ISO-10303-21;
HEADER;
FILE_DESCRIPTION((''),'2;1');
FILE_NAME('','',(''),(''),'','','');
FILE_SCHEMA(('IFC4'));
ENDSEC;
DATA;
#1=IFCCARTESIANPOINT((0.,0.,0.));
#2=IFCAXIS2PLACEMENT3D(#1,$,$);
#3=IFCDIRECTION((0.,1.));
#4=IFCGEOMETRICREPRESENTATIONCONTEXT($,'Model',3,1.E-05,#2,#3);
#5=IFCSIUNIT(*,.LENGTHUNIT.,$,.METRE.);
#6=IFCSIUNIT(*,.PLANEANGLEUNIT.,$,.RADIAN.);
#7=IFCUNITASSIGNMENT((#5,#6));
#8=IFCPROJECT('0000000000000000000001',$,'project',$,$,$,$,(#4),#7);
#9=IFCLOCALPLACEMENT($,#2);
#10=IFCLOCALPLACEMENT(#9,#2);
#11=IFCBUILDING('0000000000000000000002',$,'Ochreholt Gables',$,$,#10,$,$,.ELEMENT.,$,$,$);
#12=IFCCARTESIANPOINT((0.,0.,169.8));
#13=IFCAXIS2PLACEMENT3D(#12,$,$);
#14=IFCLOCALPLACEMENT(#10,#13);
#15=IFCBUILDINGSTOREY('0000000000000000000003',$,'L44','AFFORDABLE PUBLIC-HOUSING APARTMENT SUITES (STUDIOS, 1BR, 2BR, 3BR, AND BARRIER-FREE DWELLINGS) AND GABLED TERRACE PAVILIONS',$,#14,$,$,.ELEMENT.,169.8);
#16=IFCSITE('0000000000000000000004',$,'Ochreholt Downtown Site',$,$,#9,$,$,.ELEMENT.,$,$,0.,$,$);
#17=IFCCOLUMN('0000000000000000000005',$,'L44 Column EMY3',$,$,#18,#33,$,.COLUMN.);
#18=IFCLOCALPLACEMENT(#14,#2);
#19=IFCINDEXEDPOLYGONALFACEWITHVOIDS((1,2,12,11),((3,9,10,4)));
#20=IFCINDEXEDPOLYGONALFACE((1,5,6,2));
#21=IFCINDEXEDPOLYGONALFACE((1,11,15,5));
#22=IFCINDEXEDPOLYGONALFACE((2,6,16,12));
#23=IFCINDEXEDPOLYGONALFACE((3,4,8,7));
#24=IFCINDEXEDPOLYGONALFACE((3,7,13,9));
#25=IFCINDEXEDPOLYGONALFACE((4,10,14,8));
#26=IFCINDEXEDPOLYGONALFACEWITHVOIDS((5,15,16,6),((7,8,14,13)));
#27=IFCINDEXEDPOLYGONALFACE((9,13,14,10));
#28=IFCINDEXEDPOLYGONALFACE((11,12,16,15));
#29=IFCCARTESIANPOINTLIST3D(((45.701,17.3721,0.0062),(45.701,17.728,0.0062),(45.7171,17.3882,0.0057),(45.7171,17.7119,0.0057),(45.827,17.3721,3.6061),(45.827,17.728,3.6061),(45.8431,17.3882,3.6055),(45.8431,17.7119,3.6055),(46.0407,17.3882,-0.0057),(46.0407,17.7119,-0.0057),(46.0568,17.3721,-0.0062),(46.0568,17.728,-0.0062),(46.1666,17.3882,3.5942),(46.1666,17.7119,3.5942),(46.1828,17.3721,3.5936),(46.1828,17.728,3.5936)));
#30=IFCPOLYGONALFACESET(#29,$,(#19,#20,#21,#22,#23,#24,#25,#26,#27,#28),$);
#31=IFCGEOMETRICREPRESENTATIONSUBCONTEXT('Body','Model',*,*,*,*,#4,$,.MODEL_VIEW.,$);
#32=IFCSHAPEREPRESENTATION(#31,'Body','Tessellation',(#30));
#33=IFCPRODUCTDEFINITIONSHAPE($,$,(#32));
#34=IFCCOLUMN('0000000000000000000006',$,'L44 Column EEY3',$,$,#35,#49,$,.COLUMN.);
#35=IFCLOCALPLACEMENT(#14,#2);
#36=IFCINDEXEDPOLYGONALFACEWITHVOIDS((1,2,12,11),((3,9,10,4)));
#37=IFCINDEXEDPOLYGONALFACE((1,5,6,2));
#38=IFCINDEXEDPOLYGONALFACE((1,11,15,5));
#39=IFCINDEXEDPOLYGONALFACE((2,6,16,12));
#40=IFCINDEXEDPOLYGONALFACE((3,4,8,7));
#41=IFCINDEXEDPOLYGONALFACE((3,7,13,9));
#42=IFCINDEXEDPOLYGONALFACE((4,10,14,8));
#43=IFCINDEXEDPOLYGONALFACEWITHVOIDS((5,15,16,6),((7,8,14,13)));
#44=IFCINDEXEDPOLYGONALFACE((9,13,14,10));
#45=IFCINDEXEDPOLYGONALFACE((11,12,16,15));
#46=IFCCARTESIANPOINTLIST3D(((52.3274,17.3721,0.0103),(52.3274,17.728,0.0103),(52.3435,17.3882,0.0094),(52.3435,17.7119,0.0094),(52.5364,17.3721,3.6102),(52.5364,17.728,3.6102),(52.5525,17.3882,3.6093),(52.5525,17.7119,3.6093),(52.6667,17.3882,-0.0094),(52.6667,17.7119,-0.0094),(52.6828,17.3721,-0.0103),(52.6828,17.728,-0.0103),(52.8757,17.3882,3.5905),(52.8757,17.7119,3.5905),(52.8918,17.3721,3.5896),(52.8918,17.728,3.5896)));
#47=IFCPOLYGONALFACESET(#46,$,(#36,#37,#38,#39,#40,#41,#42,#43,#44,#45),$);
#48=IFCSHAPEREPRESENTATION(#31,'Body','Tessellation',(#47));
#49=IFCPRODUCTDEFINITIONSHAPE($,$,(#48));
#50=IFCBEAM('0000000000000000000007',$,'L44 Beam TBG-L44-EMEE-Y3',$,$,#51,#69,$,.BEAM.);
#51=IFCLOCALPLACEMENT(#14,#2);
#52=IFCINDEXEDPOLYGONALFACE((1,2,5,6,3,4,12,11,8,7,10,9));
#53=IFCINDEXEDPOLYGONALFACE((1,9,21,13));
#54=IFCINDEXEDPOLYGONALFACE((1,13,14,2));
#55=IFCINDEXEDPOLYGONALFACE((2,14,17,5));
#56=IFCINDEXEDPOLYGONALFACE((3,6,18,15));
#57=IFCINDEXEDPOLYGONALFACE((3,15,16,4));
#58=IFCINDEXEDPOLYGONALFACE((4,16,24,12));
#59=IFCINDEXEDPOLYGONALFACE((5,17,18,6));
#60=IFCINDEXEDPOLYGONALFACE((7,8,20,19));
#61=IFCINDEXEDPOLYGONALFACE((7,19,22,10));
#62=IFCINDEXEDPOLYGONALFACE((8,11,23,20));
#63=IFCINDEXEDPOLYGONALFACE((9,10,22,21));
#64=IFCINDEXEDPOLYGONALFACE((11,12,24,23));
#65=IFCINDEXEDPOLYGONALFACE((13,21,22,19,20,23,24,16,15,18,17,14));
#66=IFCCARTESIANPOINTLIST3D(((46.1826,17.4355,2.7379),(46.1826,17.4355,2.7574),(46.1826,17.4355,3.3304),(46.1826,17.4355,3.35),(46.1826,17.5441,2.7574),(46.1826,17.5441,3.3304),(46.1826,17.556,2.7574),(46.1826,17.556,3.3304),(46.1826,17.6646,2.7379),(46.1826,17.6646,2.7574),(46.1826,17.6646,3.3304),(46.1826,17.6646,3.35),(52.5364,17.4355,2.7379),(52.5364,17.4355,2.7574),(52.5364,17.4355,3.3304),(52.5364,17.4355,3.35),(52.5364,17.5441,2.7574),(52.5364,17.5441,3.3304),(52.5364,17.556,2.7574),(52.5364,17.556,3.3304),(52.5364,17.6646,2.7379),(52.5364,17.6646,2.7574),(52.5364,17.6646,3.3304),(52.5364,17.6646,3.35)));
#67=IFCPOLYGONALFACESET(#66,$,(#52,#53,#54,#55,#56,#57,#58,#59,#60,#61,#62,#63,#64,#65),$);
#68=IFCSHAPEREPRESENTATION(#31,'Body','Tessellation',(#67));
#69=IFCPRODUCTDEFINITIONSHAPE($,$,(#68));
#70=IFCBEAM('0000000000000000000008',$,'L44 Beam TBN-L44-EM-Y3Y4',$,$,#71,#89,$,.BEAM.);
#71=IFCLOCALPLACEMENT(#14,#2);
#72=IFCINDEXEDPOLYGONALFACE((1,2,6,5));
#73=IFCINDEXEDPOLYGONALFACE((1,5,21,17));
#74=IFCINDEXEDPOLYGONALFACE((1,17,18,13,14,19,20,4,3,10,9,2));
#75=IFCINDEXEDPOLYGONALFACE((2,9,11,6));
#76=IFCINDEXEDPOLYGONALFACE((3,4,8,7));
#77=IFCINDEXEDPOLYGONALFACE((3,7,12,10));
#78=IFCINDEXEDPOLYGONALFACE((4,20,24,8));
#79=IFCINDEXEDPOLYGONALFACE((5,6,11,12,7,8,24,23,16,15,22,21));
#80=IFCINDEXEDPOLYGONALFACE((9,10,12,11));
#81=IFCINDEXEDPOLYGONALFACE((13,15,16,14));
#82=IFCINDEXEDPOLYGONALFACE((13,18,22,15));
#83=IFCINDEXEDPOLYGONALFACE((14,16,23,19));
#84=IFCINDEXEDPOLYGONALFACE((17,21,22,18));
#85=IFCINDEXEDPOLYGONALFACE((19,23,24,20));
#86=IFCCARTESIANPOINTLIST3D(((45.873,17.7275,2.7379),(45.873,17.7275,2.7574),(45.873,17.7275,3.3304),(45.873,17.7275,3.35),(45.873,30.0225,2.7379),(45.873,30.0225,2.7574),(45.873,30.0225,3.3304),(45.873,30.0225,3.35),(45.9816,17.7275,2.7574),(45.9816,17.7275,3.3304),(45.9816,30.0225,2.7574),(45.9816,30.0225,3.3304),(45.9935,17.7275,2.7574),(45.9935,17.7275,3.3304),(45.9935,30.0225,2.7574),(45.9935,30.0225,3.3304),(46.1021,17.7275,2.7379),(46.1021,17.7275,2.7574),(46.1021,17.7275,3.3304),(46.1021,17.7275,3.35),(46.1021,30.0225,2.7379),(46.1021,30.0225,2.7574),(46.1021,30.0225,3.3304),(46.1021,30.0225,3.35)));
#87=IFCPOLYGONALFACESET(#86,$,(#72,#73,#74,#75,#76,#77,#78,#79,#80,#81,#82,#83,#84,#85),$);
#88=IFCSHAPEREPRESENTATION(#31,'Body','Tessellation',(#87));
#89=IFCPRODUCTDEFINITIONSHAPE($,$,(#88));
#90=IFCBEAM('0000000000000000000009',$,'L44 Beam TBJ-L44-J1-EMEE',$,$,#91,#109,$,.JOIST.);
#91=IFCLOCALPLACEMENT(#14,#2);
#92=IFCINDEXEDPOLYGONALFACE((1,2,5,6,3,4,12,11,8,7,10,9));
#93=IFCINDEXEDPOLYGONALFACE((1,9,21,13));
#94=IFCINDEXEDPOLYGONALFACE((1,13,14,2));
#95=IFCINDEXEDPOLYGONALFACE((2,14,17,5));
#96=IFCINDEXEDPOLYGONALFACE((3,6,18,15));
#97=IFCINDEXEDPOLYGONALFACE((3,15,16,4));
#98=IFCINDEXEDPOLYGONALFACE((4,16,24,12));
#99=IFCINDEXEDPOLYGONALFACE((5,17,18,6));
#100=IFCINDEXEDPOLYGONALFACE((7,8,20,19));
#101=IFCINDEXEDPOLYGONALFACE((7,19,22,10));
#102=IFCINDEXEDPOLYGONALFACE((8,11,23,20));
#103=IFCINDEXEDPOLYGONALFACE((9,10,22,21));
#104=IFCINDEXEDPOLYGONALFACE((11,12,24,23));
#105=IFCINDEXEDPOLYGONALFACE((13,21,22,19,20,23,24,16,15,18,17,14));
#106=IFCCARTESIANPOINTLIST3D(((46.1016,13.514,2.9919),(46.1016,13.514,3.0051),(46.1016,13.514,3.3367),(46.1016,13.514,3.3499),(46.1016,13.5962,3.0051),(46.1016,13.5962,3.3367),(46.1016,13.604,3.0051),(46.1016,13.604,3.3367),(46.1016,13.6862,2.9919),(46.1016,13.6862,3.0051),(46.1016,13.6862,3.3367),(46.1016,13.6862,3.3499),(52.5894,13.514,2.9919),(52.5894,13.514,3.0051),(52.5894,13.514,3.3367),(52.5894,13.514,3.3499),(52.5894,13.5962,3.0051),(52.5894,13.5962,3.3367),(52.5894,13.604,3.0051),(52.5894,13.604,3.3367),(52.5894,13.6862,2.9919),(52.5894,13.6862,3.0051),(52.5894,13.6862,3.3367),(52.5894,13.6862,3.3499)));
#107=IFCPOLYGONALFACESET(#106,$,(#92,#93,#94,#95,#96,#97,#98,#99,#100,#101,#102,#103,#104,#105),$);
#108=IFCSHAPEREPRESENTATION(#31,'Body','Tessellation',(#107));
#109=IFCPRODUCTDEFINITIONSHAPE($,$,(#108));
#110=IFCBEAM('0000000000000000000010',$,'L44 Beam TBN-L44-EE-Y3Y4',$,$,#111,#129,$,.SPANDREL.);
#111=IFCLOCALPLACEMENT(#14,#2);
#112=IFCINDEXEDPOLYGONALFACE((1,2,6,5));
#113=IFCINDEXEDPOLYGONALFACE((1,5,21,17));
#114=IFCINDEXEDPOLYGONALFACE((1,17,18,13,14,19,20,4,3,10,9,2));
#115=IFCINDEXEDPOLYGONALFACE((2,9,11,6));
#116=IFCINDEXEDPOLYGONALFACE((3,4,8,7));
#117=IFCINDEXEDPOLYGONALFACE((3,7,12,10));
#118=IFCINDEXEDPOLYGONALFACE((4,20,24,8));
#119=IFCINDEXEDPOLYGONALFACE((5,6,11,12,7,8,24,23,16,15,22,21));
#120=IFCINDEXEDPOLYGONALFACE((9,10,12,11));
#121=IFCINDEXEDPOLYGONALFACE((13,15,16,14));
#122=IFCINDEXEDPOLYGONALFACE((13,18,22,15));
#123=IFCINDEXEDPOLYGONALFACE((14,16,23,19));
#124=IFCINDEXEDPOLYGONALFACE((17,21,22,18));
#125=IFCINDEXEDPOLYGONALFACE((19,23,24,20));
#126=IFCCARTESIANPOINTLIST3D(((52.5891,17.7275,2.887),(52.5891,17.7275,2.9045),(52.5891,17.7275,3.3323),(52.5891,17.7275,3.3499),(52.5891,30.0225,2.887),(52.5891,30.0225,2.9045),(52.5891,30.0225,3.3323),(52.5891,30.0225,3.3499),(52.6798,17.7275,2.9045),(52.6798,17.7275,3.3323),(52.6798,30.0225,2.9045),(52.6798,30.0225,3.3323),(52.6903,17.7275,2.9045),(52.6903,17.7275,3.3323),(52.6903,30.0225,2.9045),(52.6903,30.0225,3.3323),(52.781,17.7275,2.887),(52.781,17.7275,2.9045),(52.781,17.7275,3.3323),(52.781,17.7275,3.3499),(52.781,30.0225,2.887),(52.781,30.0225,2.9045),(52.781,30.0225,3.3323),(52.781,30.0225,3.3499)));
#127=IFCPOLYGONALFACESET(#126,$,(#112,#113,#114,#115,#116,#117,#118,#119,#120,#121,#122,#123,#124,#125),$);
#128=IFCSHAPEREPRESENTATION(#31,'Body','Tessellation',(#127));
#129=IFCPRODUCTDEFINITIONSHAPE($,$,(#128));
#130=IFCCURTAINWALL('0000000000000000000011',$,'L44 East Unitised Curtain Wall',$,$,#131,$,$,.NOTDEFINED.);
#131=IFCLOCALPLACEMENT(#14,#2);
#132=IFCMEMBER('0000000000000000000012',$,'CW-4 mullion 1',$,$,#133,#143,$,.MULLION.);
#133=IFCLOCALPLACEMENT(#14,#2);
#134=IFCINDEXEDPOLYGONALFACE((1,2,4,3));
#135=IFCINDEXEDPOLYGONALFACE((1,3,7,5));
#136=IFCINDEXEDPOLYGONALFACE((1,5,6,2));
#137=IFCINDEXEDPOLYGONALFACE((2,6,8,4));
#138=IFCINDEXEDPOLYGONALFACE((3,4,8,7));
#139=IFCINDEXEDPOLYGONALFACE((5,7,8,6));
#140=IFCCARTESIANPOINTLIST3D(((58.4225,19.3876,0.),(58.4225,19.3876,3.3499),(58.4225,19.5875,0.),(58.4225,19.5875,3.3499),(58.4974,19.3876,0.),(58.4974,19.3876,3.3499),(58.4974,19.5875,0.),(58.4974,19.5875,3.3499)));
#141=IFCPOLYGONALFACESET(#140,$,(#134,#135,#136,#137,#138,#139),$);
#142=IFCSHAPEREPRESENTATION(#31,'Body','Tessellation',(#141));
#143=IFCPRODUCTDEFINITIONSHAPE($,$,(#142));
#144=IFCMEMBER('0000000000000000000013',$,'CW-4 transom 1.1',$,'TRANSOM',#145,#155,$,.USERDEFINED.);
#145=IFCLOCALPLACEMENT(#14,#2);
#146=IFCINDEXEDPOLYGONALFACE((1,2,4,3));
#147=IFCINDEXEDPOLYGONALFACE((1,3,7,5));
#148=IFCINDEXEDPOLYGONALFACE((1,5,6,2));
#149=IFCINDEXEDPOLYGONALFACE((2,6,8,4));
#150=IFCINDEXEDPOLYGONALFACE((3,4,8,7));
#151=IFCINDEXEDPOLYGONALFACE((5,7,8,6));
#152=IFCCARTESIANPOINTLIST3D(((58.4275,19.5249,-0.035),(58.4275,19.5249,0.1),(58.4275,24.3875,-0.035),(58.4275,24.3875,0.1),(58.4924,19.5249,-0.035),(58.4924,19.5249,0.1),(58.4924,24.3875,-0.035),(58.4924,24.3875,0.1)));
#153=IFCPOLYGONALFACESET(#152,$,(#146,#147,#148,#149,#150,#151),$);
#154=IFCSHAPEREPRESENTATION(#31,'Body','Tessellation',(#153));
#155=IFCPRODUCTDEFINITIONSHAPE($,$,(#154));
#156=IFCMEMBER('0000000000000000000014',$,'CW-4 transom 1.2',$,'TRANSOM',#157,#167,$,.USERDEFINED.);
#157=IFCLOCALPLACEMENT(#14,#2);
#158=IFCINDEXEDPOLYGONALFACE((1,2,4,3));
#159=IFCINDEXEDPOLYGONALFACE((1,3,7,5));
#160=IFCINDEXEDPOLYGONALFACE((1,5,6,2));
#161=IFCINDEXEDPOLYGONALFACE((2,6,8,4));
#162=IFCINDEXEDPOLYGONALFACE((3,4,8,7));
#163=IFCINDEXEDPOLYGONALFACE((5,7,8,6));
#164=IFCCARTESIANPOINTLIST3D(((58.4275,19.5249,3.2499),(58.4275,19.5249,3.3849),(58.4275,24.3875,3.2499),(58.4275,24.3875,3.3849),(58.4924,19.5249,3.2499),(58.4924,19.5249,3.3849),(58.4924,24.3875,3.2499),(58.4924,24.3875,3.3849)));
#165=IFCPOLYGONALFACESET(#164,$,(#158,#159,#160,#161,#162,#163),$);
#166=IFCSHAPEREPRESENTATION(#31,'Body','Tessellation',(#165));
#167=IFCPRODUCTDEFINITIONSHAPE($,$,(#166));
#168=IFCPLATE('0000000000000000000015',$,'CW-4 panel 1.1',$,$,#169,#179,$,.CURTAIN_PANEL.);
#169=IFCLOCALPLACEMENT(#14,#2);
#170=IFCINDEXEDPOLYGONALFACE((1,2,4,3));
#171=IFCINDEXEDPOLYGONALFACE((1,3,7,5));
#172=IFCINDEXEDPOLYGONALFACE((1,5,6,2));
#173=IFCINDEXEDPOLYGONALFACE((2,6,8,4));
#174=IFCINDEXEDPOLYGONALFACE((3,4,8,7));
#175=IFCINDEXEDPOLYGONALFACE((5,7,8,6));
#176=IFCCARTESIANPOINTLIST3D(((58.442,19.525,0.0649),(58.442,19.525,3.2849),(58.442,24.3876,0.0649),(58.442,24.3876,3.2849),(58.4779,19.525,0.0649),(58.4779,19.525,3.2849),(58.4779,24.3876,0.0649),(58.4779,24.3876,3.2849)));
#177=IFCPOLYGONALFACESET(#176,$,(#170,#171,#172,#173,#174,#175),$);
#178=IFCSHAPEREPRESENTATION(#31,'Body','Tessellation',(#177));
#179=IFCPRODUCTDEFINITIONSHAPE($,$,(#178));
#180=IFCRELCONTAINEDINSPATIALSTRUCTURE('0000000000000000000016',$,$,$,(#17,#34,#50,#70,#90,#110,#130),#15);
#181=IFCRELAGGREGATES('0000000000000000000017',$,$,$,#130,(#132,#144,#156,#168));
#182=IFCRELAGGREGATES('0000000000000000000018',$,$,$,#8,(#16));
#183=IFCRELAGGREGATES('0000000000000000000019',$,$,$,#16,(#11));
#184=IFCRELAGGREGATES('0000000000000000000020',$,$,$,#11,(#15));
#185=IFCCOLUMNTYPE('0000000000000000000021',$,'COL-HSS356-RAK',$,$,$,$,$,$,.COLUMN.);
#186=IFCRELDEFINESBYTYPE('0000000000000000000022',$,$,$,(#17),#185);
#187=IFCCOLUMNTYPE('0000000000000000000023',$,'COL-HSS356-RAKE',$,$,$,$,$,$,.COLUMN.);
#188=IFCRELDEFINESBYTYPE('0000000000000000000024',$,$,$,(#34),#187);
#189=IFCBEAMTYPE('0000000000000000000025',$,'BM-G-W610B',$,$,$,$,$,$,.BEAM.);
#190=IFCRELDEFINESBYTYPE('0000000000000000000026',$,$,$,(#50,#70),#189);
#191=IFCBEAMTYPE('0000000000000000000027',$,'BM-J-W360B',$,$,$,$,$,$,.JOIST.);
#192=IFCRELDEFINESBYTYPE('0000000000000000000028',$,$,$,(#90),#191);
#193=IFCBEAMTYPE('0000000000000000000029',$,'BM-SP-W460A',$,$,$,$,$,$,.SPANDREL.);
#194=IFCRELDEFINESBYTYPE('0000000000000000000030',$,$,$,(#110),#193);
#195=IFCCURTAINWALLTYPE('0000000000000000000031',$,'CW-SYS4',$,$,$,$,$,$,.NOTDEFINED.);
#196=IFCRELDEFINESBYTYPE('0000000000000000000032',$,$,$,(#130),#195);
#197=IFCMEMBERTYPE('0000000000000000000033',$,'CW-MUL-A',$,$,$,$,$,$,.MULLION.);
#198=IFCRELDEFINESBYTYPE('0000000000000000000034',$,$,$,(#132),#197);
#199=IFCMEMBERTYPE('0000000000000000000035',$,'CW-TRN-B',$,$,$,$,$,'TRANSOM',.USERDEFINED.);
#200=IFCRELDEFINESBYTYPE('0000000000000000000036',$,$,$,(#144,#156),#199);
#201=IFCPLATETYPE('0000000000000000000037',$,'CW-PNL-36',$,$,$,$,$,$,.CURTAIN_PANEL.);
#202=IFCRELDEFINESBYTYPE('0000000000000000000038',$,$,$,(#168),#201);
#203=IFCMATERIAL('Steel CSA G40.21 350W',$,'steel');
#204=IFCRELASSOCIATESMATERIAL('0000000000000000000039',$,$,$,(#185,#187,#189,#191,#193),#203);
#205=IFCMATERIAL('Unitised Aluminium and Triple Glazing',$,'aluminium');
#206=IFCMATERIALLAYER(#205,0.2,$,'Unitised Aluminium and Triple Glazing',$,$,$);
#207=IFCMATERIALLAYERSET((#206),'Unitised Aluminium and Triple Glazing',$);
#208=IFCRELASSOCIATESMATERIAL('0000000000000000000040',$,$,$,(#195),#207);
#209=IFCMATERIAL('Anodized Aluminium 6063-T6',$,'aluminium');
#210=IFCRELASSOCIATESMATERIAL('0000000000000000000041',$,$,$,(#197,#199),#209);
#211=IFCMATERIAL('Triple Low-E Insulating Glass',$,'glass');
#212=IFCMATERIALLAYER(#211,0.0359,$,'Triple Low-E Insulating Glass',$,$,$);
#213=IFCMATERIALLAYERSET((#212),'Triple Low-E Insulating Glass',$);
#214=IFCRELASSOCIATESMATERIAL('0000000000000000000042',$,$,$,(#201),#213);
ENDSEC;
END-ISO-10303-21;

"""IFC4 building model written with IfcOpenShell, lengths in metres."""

from ifc_helpers import new_model, si_unit, direction, frame, origin, origin_2d, place, context, subcontext, project, spatial, rectangle, hollow_rectangle, i_section, extrude, material, layer, layer_set, material_profile, profile_set, type_object, element, aggregate, save


model = new_model("IFC4")

# Units and contexts
model_context = context("Model", 3, precision=1e-05, world=origin(), true_north=direction((0.0, 1.0)))
body_context = subcontext(model_context, "Body", "Model", "MODEL_VIEW")
ifc_project = project(units=[si_unit("LENGTHUNIT", "METRE"), si_unit("PLANEANGLEUNIT", "RADIAN")], contexts=[model_context])

# Site, building, storey
site_placement = place(None, origin())
site = spatial("IfcSite", under=ifc_project, at=site_placement, Name="Ochreholt Downtown Site", CompositionType="ELEMENT", RefElevation=0.0)
building_placement = place(site_placement, origin())
building = spatial("IfcBuilding", under=site, at=building_placement, Name="Ochreholt Gables", CompositionType="ELEMENT")
storey_placement = place(building_placement, frame((0.0, 0.0, 169.8)))
storey = spatial("IfcBuildingStorey", under=building, at=storey_placement, Name="L44", Description="AFFORDABLE PUBLIC-HOUSING APARTMENT SUITES (STUDIOS, 1BR, 2BR, 3BR, AND BARRIER-FREE DWELLINGS) AND GABLED TERRACE PAVILIONS", CompositionType="ELEMENT", Elevation=169.8)

# Columns
ifc_material_1 = material(Name="Steel CSA G40.21 350W", Category="steel")
ifc_material_profile_1 = material_profile(ifc_material_1, hollow_rectangle(XDim=0.356, YDim=0.356, WallThickness=0.0161, at=origin_2d()), Name="HSS356X356X16")
ifc_profile_set_1 = profile_set([ifc_material_profile_1], Name="Steel CSA G40.21 350W")
column_type_1 = type_object("IfcColumnType", Name="COL-HSS356-RAK", PredefinedType="COLUMN", material=ifc_profile_set_1)
column_1_placement = place(storey_placement, frame((45.8789, 17.55, 0.0), z_axis=(0.034974, 0.0, 0.999388), x_axis=(0.0, 1.0, 0.0)))
element("IfcColumn", 1, at=column_1_placement, inside=storey, type_object=column_type_1, Name="L44 Column EMY3", PredefinedType="COLUMN", context=body_context, shape_type="SweptSolid", body=[
    extrude(hollow_rectangle(XDim=0.356, YDim=0.356, WallThickness=0.0161, at=origin_2d()), origin(), (0.0, 0.0, 1.0), 3.6021),
])
ifc_material_profile_2 = material_profile(ifc_material_1, hollow_rectangle(XDim=0.356, YDim=0.356, WallThickness=0.0161, at=origin_2d()), Name="HSS356X356X16")
ifc_profile_set_2 = profile_set([ifc_material_profile_2], Name="Steel CSA G40.21 350W")
column_type_2 = type_object("IfcColumnType", Name="COL-HSS356-RAKE", PredefinedType="COLUMN", material=ifc_profile_set_2)
column_2_placement = place(storey_placement, frame((52.5051, 17.55, 0.0), z_axis=(0.057956, 0.0, 0.998319), x_axis=(0.0, 1.0, 0.0)))
element("IfcColumn", 2, at=column_2_placement, inside=storey, type_object=column_type_2, Name="L44 Column EEY3", PredefinedType="COLUMN", context=body_context, shape_type="SweptSolid", body=[
    extrude(hollow_rectangle(XDim=0.356, YDim=0.356, WallThickness=0.0161, at=origin_2d()), origin(), (0.0, 0.0, 1.0), 3.606),
])

# Beams
ifc_material_profile_3 = material_profile(ifc_material_1, i_section(OverallWidth=0.229, OverallDepth=0.6121, WebThickness=0.012, FlangeThickness=0.0195, at=origin_2d()), Name="W610X125")
ifc_profile_set_3 = profile_set([ifc_material_profile_3], Name="Steel CSA G40.21 350W")
beam_type_1 = type_object("IfcBeamType", Name="BM-G-W610B", PredefinedType="BEAM", material=ifc_profile_set_3)
beam_1_placement = place(storey_placement, frame((46.1826, 17.55, 3.0439), z_axis=(1.0, 0.0, 0.0), x_axis=(0.0, 1.0, 0.0)))
element("IfcBeam", 3, at=beam_1_placement, inside=storey, type_object=beam_type_1, Name="L44 Beam TBG-L44-EMEE-Y3", PredefinedType="BEAM", context=body_context, shape_type="SweptSolid", body=[
    extrude(i_section(OverallWidth=0.229, OverallDepth=0.6121, WebThickness=0.012, FlangeThickness=0.0195, at=origin_2d()), origin(), (0.0, 0.0, 1.0), 6.3538),
])
beam_2_placement = place(storey_placement, frame((45.9875, 17.7275, 3.0439), z_axis=(0.0, 1.0, 0.0), x_axis=(-1.0, 0.0, 0.0)))
element("IfcBeam", 4, at=beam_2_placement, inside=storey, type_object=beam_type_1, Name="L44 Beam TBN-L44-EM-Y3Y4", PredefinedType="BEAM", context=body_context, shape_type="SweptSolid", body=[
    extrude(i_section(OverallWidth=0.229, OverallDepth=0.6121, WebThickness=0.012, FlangeThickness=0.0195, at=origin_2d()), origin(), (0.0, 0.0, 1.0), 12.2949),
])
ifc_material_profile_4 = material_profile(ifc_material_1, i_section(OverallWidth=0.1721, OverallDepth=0.3579, WebThickness=0.0078, FlangeThickness=0.0132, at=origin_2d()), Name="W360X57")
ifc_profile_set_4 = profile_set([ifc_material_profile_4], Name="Steel CSA G40.21 350W")
beam_type_2 = type_object("IfcBeamType", Name="BM-J-W360B", PredefinedType="JOIST", material=ifc_profile_set_4)
beam_3_placement = place(storey_placement, frame((46.1016, 13.6001, 3.1709), z_axis=(1.0, 0.0, 0.0), x_axis=(0.0, 1.0, 0.0)))
element("IfcBeam", 5, at=beam_3_placement, inside=storey, type_object=beam_type_2, Name="L44 Beam TBJ-L44-J1-EMEE", PredefinedType="JOIST", context=body_context, shape_type="SweptSolid", body=[
    extrude(i_section(OverallWidth=0.1721, OverallDepth=0.3579, WebThickness=0.0078, FlangeThickness=0.0132, at=origin_2d()), origin(), (0.0, 0.0, 1.0), 6.4878),
])
ifc_material_profile_5 = material_profile(ifc_material_1, i_section(OverallWidth=0.1919, OverallDepth=0.4629, WebThickness=0.0105, FlangeThickness=0.0176, at=origin_2d()), Name="W460X89")
ifc_profile_set_5 = profile_set([ifc_material_profile_5], Name="Steel CSA G40.21 350W")
beam_type_3 = type_object("IfcBeamType", Name="BM-SP-W460A", PredefinedType="SPANDREL", material=ifc_profile_set_5)
beam_4_placement = place(storey_placement, frame((52.6851, 17.7275, 3.1184), z_axis=(0.0, 1.0, 0.0), x_axis=(-1.0, 0.0, 0.0)))
element("IfcBeam", 6, at=beam_4_placement, inside=storey, type_object=beam_type_3, Name="L44 Beam TBN-L44-EE-Y3Y4", PredefinedType="SPANDREL", context=body_context, shape_type="SweptSolid", body=[
    extrude(i_section(OverallWidth=0.1919, OverallDepth=0.4629, WebThickness=0.0105, FlangeThickness=0.0176, at=origin_2d()), origin(), (0.0, 0.0, 1.0), 12.2949),
])

# Curtain wall, members, plate
ifc_material_2 = material(Name="Unitised Aluminium and Triple Glazing", Category="aluminium")
ifc_layer_1 = layer(ifc_material_2, 0.2, Name="Unitised Aluminium and Triple Glazing")
ifc_layer_set_1 = layer_set([ifc_layer_1], Name="Unitised Aluminium and Triple Glazing")
curtain_wall_type = type_object("IfcCurtainWallType", Name="CW-SYS4", PredefinedType="NOTDEFINED", material=ifc_layer_set_1)
curtain_wall_placement = place(storey_placement, origin())
curtain_wall = element("IfcCurtainWall", 7, at=curtain_wall_placement, inside=storey, type_object=curtain_wall_type, Name="L44 East Unitised Curtain Wall", PredefinedType="NOTDEFINED")
ifc_material_3 = material(Name="Anodized Aluminium 6063-T6", Category="aluminium")
ifc_material_profile_6 = material_profile(ifc_material_3, rectangle(XDim=0.075, YDim=0.2, at=origin_2d()), Name="CWM75X200")
ifc_profile_set_6 = profile_set([ifc_material_profile_6], Name="Anodized Aluminium 6063-T6")
member_type_1 = type_object("IfcMemberType", Name="CW-MUL-A", PredefinedType="MULLION", material=ifc_profile_set_6)
member_1_placement = place(storey_placement, frame((58.46, 19.4875, 0.0), z_axis=(0.0, 0.0, 1.0), x_axis=(-1.0, 0.0, 0.0)))
member_1 = element("IfcMember", 8, at=member_1_placement, type_object=member_type_1, Name="CW-4 mullion 1", PredefinedType="MULLION", context=body_context, shape_type="SweptSolid", body=[
    extrude(rectangle(XDim=0.075, YDim=0.2, at=origin_2d()), origin(), (0.0, 0.0, 1.0), 3.3499),
])
ifc_material_profile_7 = material_profile(ifc_material_3, rectangle(XDim=0.0649, YDim=0.135, at=origin_2d()), Name="CWT65X135")
ifc_profile_set_7 = profile_set([ifc_material_profile_7], Name="Anodized Aluminium 6063-T6")
member_type_2 = type_object("IfcMemberType", Name="CW-TRN-B", ElementType="TRANSOM", PredefinedType="USERDEFINED", material=ifc_profile_set_7)
member_2_placement = place(storey_placement, frame((58.46, 19.5249, 0.0325), z_axis=(0.0, 1.0, 0.0), x_axis=(-1.0, 0.0, 0.0)))
member_2 = element("IfcMember", 9, at=member_2_placement, type_object=member_type_2, Name="CW-4 transom 1.1", ObjectType="TRANSOM", PredefinedType="USERDEFINED", context=body_context, shape_type="SweptSolid", body=[
    extrude(rectangle(XDim=0.0649, YDim=0.135, at=origin_2d()), origin(), (0.0, 0.0, 1.0), 4.8625),
])
member_3_placement = place(storey_placement, frame((58.46, 19.5249, 3.3174), z_axis=(0.0, 1.0, 0.0), x_axis=(-1.0, 0.0, 0.0)))
member_3 = element("IfcMember", 10, at=member_3_placement, type_object=member_type_2, Name="CW-4 transom 1.2", ObjectType="TRANSOM", PredefinedType="USERDEFINED", context=body_context, shape_type="SweptSolid", body=[
    extrude(rectangle(XDim=0.0649, YDim=0.135, at=origin_2d()), origin(), (0.0, 0.0, 1.0), 4.8625),
])
ifc_material_4 = material(Name="Triple Low-E Insulating Glass", Category="glass")
ifc_layer_2 = layer(ifc_material_4, 0.0359, Name="Triple Low-E Insulating Glass")
ifc_layer_set_2 = layer_set([ifc_layer_2], Name="Triple Low-E Insulating Glass")
plate_type = type_object("IfcPlateType", Name="CW-PNL-36", PredefinedType="CURTAIN_PANEL", material=ifc_layer_set_2)
plate_placement = place(storey_placement, frame((58.46, 21.9563, 0.0649), z_axis=(0.0, 0.0, 1.0), x_axis=(0.0, 1.0, 0.0)))
plate = element("IfcPlate", 11, at=plate_placement, type_object=plate_type, Name="CW-4 panel 1.1", PredefinedType="CURTAIN_PANEL", context=body_context, shape_type="SweptSolid", body=[
    extrude(rectangle(XDim=4.8625, YDim=0.0359, at=origin_2d()), origin(), (0.0, 0.0, 1.0), 3.22),
])
aggregate(curtain_wall, [member_1, member_2, member_3, plate])

save(model, "model.ifc")
